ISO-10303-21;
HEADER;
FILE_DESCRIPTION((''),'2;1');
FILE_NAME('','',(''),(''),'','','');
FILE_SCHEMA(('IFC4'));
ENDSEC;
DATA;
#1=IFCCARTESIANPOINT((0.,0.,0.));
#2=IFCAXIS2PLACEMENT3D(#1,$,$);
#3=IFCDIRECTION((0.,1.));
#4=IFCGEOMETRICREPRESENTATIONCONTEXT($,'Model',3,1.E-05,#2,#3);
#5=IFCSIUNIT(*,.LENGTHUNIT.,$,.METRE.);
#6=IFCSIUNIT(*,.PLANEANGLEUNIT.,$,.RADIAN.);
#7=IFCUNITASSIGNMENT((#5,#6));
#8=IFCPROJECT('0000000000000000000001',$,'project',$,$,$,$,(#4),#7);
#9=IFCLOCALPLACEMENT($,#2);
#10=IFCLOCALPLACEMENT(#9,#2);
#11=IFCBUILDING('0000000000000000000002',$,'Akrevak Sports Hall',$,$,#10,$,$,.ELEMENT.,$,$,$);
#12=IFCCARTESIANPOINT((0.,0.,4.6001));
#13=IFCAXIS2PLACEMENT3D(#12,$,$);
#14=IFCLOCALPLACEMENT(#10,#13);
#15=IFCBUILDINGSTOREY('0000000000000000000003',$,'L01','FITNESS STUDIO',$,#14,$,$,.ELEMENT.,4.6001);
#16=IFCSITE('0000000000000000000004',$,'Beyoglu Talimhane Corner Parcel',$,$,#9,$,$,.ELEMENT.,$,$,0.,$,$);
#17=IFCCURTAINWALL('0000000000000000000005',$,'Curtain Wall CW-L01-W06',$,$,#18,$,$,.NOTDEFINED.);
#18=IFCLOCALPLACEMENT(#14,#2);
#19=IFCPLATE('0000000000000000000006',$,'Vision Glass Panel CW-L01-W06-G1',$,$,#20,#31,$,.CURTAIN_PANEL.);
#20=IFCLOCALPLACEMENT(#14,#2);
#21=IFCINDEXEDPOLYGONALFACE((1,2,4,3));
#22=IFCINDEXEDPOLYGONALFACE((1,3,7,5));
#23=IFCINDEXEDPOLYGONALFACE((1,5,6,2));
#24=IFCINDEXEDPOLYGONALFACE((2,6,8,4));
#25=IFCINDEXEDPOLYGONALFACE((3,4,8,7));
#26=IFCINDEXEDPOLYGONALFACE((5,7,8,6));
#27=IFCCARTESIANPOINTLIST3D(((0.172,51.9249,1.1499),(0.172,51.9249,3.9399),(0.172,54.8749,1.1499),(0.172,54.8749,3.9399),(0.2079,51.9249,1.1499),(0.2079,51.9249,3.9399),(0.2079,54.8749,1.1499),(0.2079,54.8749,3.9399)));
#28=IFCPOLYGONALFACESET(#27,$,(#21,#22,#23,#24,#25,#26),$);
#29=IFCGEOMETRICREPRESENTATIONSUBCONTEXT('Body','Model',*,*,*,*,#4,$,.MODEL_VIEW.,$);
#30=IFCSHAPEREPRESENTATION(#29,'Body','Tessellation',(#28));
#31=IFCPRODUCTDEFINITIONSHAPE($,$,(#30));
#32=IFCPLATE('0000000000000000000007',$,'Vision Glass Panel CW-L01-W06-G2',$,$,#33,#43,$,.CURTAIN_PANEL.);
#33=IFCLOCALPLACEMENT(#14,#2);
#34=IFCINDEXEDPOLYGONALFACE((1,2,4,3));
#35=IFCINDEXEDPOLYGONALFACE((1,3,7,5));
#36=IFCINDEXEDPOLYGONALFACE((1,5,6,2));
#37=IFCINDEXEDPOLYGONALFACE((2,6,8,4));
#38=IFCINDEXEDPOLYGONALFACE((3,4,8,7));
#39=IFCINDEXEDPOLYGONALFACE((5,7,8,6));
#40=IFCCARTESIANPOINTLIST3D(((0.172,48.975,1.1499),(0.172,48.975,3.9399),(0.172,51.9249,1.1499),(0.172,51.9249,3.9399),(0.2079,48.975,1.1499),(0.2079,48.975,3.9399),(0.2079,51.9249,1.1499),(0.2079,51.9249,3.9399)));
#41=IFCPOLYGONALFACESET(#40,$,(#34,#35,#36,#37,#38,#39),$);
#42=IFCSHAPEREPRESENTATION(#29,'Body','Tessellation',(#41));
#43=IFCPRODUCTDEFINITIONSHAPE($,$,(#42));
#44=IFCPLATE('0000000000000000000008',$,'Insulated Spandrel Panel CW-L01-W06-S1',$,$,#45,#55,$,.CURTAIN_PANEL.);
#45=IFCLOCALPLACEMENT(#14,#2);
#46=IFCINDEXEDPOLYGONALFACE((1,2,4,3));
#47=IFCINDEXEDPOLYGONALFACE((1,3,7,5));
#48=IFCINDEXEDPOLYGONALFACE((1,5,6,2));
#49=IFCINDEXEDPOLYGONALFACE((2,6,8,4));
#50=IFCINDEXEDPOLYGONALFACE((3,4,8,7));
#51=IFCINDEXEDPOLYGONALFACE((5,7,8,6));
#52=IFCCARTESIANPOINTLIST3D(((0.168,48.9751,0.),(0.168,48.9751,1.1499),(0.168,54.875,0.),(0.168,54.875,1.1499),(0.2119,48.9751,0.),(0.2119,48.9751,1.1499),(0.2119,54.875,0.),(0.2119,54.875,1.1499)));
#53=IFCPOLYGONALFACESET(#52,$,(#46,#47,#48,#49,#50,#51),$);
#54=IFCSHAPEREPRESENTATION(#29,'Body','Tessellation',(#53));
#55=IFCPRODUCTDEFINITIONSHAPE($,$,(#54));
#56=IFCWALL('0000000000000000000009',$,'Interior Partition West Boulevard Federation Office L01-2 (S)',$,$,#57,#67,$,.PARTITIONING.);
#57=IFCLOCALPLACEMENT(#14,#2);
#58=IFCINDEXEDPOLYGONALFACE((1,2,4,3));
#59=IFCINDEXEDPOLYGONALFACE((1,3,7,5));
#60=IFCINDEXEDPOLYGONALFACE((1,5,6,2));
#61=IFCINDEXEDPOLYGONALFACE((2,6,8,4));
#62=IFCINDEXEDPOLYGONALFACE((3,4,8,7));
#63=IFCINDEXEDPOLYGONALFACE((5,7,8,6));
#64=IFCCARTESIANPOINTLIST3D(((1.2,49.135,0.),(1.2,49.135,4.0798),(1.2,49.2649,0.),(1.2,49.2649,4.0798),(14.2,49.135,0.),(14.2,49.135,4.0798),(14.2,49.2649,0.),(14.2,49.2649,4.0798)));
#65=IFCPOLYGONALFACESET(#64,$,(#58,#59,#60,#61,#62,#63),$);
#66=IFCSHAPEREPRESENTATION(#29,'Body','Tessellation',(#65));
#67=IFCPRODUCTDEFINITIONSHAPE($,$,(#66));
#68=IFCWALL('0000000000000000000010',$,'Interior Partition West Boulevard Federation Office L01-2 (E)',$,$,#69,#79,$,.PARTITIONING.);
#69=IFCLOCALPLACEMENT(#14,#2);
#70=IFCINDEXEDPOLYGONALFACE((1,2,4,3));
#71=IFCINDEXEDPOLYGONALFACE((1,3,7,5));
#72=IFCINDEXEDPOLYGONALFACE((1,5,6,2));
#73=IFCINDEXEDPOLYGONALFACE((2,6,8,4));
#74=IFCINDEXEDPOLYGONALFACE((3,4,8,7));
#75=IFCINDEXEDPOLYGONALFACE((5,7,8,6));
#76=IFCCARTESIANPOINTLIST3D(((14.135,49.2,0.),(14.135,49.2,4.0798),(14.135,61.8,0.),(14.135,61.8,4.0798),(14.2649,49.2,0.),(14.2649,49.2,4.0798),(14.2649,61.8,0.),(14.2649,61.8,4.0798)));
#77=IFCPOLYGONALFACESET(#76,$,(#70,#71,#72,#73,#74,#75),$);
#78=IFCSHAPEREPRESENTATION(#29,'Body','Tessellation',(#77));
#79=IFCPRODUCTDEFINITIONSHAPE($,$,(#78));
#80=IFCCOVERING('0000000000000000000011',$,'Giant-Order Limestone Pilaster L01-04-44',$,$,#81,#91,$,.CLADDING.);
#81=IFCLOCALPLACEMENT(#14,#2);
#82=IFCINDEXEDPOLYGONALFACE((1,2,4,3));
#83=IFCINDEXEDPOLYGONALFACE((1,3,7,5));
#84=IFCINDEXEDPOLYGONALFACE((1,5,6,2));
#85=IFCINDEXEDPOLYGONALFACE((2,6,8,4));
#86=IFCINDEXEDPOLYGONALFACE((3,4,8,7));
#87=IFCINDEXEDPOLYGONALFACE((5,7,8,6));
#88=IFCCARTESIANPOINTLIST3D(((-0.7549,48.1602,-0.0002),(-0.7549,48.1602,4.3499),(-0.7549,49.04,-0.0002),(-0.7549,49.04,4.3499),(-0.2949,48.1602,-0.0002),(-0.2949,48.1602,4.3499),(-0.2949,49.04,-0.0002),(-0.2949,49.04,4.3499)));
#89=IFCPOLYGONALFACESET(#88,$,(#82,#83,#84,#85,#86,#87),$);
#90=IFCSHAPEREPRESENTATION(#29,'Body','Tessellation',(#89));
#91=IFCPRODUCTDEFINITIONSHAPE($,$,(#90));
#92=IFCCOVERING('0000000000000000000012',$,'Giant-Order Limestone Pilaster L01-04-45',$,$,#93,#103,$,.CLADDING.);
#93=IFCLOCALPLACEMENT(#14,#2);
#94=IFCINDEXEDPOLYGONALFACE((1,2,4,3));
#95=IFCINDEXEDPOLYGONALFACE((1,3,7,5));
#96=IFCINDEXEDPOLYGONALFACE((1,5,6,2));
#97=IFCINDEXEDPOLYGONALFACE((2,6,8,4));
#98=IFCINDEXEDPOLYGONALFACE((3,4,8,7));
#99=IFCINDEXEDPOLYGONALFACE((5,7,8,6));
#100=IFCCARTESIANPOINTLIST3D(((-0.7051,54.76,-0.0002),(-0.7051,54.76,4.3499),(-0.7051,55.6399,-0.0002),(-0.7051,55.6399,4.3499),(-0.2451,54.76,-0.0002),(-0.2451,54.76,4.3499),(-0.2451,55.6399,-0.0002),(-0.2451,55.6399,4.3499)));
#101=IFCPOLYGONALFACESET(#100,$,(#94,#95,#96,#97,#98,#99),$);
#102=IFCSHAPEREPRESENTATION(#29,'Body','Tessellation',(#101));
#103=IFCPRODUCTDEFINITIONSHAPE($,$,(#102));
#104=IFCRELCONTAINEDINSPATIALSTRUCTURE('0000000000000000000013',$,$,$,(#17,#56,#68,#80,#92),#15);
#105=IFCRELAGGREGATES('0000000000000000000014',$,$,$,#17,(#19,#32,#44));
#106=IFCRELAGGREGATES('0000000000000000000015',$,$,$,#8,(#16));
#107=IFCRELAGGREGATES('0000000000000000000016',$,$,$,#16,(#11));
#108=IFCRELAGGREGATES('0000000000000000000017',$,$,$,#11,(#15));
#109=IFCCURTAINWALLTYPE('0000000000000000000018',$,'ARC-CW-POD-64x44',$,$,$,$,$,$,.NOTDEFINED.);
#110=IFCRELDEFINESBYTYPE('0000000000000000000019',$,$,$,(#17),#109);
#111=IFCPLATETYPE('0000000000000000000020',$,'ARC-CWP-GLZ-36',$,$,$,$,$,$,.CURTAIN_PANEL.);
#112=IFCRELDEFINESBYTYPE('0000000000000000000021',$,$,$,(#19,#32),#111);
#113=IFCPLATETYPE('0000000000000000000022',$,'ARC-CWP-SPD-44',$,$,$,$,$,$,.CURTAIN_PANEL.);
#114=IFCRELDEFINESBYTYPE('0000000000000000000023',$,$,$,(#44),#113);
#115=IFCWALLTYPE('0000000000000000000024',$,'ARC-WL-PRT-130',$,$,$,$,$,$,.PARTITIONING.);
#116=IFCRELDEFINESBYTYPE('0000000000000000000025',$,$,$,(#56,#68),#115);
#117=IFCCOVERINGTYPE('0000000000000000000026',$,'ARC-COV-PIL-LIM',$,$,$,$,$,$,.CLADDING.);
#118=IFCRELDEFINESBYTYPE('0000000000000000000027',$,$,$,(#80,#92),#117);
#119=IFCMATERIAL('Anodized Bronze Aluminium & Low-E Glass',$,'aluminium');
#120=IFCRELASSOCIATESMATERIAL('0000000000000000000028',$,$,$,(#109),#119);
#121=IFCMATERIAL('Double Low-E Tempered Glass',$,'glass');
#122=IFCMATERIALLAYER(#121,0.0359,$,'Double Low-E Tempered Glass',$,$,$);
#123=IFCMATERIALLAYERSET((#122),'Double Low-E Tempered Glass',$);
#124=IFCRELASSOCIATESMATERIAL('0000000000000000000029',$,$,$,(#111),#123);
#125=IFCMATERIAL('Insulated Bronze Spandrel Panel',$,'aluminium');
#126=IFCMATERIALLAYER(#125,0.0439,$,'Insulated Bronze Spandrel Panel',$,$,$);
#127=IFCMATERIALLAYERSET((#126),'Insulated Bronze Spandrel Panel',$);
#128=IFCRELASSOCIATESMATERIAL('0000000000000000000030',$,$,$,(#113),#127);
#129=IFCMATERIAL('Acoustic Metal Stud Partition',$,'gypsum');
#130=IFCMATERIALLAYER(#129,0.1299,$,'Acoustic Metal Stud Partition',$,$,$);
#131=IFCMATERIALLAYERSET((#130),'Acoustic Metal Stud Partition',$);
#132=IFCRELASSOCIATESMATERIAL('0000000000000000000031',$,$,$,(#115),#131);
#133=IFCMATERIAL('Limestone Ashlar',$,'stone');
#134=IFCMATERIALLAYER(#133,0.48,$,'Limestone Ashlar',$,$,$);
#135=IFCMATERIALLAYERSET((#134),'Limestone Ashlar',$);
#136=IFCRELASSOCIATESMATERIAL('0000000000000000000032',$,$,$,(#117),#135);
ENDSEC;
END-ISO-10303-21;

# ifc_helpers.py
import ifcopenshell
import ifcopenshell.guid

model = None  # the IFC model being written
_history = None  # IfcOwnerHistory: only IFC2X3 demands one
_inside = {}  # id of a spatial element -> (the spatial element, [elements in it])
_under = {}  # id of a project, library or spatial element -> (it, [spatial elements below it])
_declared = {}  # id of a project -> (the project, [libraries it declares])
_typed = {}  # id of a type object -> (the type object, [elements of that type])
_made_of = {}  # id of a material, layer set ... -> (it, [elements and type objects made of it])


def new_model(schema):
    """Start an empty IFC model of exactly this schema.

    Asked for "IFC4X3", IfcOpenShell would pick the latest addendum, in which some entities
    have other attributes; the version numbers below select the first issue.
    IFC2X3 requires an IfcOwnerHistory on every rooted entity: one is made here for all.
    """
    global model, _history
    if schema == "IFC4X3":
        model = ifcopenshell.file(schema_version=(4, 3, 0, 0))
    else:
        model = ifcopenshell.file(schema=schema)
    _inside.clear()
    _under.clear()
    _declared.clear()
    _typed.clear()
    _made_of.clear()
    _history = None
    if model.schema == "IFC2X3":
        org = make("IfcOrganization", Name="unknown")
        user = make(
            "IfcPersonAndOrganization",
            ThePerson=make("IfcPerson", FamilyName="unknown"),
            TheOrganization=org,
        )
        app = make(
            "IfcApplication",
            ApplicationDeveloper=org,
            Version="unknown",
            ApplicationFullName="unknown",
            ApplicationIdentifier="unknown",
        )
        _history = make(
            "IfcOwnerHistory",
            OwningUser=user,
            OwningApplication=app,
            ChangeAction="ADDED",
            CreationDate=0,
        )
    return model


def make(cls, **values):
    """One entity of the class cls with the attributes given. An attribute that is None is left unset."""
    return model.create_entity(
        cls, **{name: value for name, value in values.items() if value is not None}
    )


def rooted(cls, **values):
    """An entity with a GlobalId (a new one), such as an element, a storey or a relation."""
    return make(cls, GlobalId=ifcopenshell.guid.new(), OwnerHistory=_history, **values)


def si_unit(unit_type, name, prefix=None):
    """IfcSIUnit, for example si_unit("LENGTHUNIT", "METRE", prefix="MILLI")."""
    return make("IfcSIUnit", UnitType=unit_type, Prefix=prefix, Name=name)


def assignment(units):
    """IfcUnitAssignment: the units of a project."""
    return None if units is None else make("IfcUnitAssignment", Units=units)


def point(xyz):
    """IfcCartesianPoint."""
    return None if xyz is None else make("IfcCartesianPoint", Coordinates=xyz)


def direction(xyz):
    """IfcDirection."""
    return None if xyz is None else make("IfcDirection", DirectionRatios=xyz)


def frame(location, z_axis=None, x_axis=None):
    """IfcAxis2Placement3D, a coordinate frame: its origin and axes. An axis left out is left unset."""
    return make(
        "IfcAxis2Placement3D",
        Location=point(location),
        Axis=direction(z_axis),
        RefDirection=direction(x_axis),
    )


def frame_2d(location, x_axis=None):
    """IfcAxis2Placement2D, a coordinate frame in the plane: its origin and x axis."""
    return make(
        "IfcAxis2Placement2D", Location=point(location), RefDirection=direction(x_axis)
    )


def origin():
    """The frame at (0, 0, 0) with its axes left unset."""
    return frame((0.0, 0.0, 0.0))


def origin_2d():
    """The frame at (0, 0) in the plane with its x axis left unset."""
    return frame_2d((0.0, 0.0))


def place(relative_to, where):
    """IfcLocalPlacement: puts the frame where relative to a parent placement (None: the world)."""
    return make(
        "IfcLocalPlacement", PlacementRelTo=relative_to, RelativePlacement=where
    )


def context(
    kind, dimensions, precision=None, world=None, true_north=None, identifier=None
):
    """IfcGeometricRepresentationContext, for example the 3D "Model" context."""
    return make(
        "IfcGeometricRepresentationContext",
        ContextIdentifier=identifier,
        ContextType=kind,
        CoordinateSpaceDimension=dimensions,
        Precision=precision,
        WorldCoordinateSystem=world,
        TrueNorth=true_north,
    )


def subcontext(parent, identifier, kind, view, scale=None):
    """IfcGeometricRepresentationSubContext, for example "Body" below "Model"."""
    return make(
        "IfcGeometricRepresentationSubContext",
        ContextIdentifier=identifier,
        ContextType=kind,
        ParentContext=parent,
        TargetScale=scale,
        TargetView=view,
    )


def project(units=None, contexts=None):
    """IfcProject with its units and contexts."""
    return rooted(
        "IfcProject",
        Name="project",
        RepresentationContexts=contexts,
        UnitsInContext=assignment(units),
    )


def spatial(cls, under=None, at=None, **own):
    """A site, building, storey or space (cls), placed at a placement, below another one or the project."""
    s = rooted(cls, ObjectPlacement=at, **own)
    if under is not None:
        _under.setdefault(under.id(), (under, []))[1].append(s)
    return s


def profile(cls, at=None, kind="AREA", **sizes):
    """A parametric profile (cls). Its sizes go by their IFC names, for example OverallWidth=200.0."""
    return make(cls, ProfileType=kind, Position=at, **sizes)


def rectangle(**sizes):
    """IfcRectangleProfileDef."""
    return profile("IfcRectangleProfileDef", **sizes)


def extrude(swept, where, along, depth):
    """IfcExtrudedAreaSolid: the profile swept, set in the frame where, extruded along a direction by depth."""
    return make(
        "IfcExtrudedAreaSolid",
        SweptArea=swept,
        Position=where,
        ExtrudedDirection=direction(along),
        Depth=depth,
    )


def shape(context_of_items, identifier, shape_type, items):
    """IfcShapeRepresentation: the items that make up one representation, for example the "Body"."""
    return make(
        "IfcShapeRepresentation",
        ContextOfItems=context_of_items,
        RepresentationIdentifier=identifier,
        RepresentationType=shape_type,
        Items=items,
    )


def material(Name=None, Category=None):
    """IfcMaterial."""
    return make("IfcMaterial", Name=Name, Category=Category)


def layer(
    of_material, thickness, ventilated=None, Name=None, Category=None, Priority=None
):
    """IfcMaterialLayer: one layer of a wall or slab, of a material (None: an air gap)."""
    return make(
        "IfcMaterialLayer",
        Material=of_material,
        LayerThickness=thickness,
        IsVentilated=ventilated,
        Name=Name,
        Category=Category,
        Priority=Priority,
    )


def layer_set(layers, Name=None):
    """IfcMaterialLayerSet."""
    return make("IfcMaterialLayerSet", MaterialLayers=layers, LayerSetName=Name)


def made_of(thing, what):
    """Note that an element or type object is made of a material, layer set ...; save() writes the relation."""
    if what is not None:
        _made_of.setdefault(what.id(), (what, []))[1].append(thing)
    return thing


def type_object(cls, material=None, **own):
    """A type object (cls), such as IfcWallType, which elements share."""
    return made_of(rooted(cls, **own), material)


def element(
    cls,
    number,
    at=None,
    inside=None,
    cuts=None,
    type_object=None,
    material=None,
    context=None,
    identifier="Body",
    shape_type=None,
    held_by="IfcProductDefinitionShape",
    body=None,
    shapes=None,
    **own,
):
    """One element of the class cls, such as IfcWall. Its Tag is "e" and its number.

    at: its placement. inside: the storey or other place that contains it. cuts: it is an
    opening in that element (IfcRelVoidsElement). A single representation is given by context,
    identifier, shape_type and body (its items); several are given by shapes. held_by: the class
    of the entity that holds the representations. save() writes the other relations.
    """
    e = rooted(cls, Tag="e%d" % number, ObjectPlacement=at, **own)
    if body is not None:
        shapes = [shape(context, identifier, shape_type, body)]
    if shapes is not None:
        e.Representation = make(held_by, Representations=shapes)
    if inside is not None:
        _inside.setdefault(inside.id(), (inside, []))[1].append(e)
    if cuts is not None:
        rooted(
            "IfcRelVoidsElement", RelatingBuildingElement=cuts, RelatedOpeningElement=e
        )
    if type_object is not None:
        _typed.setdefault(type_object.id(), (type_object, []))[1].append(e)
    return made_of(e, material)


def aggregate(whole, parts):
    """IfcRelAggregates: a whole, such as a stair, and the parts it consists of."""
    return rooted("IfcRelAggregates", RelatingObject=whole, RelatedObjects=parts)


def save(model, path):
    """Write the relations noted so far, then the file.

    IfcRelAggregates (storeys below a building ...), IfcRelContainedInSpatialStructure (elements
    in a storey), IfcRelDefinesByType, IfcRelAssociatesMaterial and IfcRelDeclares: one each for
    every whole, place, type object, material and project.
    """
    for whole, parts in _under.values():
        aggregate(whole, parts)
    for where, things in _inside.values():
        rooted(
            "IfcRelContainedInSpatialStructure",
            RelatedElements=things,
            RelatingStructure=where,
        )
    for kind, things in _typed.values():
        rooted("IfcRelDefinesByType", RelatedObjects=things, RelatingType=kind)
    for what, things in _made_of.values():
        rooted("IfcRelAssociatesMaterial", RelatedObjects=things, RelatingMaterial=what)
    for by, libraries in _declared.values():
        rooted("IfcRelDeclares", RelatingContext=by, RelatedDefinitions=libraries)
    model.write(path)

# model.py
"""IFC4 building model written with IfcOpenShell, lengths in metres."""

from ifc_helpers import new_model, si_unit, direction, frame, frame_2d, origin, origin_2d, place, context, subcontext, project, spatial, rectangle, extrude, material, layer, layer_set, type_object, element, aggregate, save


model = new_model("IFC4")

# Units and contexts
model_context = context("Model", 3, precision=1e-05, world=origin(), true_north=direction((0.0, 1.0)))
body_context = subcontext(model_context, "Body", "Model", "MODEL_VIEW")
ifc_project = project(units=[si_unit("LENGTHUNIT", "METRE"), si_unit("PLANEANGLEUNIT", "RADIAN")], contexts=[model_context])

# Site, building, storey
site_placement = place(None, origin())
site = spatial("IfcSite", under=ifc_project, at=site_placement, Name="Beyoglu Talimhane Corner Parcel", CompositionType="ELEMENT", RefElevation=0.0)
building_placement = place(site_placement, origin())
building = spatial("IfcBuilding", under=site, at=building_placement, Name="Akrevak Sports Hall", CompositionType="ELEMENT")
storey_placement = place(building_placement, frame((0.0, 0.0, 4.6001)))
storey = spatial("IfcBuildingStorey", under=building, at=storey_placement, Name="L01", Description="FITNESS STUDIO", CompositionType="ELEMENT", Elevation=4.6001)

# Curtain wall
ifc_material_1 = material(Name="Anodized Bronze Aluminium & Low-E Glass", Category="aluminium")
curtain_wall_type = type_object("IfcCurtainWallType", Name="ARC-CW-POD-64x44", PredefinedType="NOTDEFINED", material=ifc_material_1)
curtain_wall_placement = place(storey_placement, origin())
curtain_wall = element("IfcCurtainWall", 1, at=curtain_wall_placement, inside=storey, type_object=curtain_wall_type, Name="Curtain Wall CW-L01-W06", PredefinedType="NOTDEFINED")

# Plates
ifc_material_2 = material(Name="Double Low-E Tempered Glass", Category="glass")
ifc_layer_1 = layer(ifc_material_2, 0.0359, Name="Double Low-E Tempered Glass")
ifc_layer_set_1 = layer_set([ifc_layer_1], Name="Double Low-E Tempered Glass")
plate_type_1 = type_object("IfcPlateType", Name="ARC-CWP-GLZ-36", PredefinedType="CURTAIN_PANEL", material=ifc_layer_set_1)
plate_1_placement = place(storey_placement, frame((0.1899, 53.3999, 1.1499), z_axis=(0.0, 0.0, 1.0), x_axis=(0.0, -1.0, 0.0)))
plate_1 = element("IfcPlate", 2, at=plate_1_placement, type_object=plate_type_1, Name="Vision Glass Panel CW-L01-W06-G1", PredefinedType="CURTAIN_PANEL", context=body_context, shape_type="SweptSolid", body=[
    extrude(rectangle(XDim=2.95, YDim=0.0359, at=origin_2d()), origin(), (0.0, 0.0, 1.0), 2.79),
])
plate_2_placement = place(storey_placement, frame((0.1899, 50.45, 1.1499), z_axis=(0.0, 0.0, 1.0), x_axis=(0.0, -1.0, 0.0)))
plate_2 = element("IfcPlate", 3, at=plate_2_placement, type_object=plate_type_1, Name="Vision Glass Panel CW-L01-W06-G2", PredefinedType="CURTAIN_PANEL", context=body_context, shape_type="SweptSolid", body=[
    extrude(rectangle(XDim=2.95, YDim=0.0359, at=origin_2d()), origin(), (0.0, 0.0, 1.0), 2.79),
])
ifc_material_3 = material(Name="Insulated Bronze Spandrel Panel", Category="aluminium")
ifc_layer_2 = layer(ifc_material_3, 0.0439, Name="Insulated Bronze Spandrel Panel")
ifc_layer_set_2 = layer_set([ifc_layer_2], Name="Insulated Bronze Spandrel Panel")
plate_type_2 = type_object("IfcPlateType", Name="ARC-CWP-SPD-44", PredefinedType="CURTAIN_PANEL", material=ifc_layer_set_2)
plate_3_placement = place(storey_placement, frame((0.1899, 51.925, 0.0), z_axis=(0.0, 0.0, 1.0), x_axis=(0.0, -1.0, 0.0)))
plate_3 = element("IfcPlate", 4, at=plate_3_placement, type_object=plate_type_2, Name="Insulated Spandrel Panel CW-L01-W06-S1", PredefinedType="CURTAIN_PANEL", context=body_context, shape_type="SweptSolid", body=[
    extrude(rectangle(XDim=5.8999, YDim=0.0439, at=origin_2d()), origin(), (0.0, 0.0, 1.0), 1.1499),
])
aggregate(curtain_wall, [plate_1, plate_2, plate_3])

# Walls
ifc_material_4 = material(Name="Acoustic Metal Stud Partition", Category="gypsum")
ifc_layer_3 = layer(ifc_material_4, 0.1299, Name="Acoustic Metal Stud Partition")
ifc_layer_set_3 = layer_set([ifc_layer_3], Name="Acoustic Metal Stud Partition")
wall_type = type_object("IfcWallType", Name="ARC-WL-PRT-130", PredefinedType="PARTITIONING", material=ifc_layer_set_3)
wall_1_placement = place(storey_placement, frame((1.2, 49.2, 0.0), z_axis=(0.0, 0.0, 1.0), x_axis=(1.0, 0.0, 0.0)))
element("IfcWall", 5, at=wall_1_placement, inside=storey, type_object=wall_type, Name="Interior Partition West Boulevard Federation Office L01-2 (S)", PredefinedType="PARTITIONING", context=body_context, shape_type="SweptSolid", body=[
    extrude(rectangle(XDim=13.0, YDim=0.1299, at=frame_2d((6.5, 0.0))), origin(), (0.0, 0.0, 1.0), 4.0798),
])
wall_2_placement = place(storey_placement, frame((14.2, 49.2, 0.0), z_axis=(0.0, 0.0, 1.0), x_axis=(0.0, 1.0, 0.0)))
element("IfcWall", 6, at=wall_2_placement, inside=storey, type_object=wall_type, Name="Interior Partition West Boulevard Federation Office L01-2 (E)", PredefinedType="PARTITIONING", context=body_context, shape_type="SweptSolid", body=[
    extrude(rectangle(XDim=12.6001, YDim=0.1299, at=frame_2d((6.3, 0.0))), origin(), (0.0, 0.0, 1.0), 4.0798),
])

# Coverings
ifc_material_5 = material(Name="Limestone Ashlar", Category="stone")
ifc_layer_4 = layer(ifc_material_5, 0.48, Name="Limestone Ashlar")
ifc_layer_set_4 = layer_set([ifc_layer_4], Name="Limestone Ashlar")
covering_type = type_object("IfcCoveringType", Name="ARC-COV-PIL-LIM", PredefinedType="CLADDING", material=ifc_layer_set_4)
for number, where, z_axis, x_axis, name in (
    (7, (-0.5249, 48.6001, -0.0002), (0.0, 0.0, 1.0), (0.0, -1.0, 0.0), "Giant-Order Limestone Pilaster L01-04-44"),
    (8, (-0.4751, 55.2, -0.0002), (0.0, 0.0, 1.0), (0.0, -1.0, 0.0), "Giant-Order Limestone Pilaster L01-04-45"),
):
    element("IfcCovering", number, at=place(storey_placement, frame(where, z_axis=z_axis, x_axis=x_axis)), inside=storey, type_object=covering_type, Name=name, PredefinedType="CLADDING", context=body_context, shape_type="SweptSolid", body=[
        extrude(rectangle(XDim=0.8799, YDim=0.46, at=origin_2d()), origin(), (0.0, 0.0, 1.0), 4.3501),
    ])

save(model, "model.ifc")
